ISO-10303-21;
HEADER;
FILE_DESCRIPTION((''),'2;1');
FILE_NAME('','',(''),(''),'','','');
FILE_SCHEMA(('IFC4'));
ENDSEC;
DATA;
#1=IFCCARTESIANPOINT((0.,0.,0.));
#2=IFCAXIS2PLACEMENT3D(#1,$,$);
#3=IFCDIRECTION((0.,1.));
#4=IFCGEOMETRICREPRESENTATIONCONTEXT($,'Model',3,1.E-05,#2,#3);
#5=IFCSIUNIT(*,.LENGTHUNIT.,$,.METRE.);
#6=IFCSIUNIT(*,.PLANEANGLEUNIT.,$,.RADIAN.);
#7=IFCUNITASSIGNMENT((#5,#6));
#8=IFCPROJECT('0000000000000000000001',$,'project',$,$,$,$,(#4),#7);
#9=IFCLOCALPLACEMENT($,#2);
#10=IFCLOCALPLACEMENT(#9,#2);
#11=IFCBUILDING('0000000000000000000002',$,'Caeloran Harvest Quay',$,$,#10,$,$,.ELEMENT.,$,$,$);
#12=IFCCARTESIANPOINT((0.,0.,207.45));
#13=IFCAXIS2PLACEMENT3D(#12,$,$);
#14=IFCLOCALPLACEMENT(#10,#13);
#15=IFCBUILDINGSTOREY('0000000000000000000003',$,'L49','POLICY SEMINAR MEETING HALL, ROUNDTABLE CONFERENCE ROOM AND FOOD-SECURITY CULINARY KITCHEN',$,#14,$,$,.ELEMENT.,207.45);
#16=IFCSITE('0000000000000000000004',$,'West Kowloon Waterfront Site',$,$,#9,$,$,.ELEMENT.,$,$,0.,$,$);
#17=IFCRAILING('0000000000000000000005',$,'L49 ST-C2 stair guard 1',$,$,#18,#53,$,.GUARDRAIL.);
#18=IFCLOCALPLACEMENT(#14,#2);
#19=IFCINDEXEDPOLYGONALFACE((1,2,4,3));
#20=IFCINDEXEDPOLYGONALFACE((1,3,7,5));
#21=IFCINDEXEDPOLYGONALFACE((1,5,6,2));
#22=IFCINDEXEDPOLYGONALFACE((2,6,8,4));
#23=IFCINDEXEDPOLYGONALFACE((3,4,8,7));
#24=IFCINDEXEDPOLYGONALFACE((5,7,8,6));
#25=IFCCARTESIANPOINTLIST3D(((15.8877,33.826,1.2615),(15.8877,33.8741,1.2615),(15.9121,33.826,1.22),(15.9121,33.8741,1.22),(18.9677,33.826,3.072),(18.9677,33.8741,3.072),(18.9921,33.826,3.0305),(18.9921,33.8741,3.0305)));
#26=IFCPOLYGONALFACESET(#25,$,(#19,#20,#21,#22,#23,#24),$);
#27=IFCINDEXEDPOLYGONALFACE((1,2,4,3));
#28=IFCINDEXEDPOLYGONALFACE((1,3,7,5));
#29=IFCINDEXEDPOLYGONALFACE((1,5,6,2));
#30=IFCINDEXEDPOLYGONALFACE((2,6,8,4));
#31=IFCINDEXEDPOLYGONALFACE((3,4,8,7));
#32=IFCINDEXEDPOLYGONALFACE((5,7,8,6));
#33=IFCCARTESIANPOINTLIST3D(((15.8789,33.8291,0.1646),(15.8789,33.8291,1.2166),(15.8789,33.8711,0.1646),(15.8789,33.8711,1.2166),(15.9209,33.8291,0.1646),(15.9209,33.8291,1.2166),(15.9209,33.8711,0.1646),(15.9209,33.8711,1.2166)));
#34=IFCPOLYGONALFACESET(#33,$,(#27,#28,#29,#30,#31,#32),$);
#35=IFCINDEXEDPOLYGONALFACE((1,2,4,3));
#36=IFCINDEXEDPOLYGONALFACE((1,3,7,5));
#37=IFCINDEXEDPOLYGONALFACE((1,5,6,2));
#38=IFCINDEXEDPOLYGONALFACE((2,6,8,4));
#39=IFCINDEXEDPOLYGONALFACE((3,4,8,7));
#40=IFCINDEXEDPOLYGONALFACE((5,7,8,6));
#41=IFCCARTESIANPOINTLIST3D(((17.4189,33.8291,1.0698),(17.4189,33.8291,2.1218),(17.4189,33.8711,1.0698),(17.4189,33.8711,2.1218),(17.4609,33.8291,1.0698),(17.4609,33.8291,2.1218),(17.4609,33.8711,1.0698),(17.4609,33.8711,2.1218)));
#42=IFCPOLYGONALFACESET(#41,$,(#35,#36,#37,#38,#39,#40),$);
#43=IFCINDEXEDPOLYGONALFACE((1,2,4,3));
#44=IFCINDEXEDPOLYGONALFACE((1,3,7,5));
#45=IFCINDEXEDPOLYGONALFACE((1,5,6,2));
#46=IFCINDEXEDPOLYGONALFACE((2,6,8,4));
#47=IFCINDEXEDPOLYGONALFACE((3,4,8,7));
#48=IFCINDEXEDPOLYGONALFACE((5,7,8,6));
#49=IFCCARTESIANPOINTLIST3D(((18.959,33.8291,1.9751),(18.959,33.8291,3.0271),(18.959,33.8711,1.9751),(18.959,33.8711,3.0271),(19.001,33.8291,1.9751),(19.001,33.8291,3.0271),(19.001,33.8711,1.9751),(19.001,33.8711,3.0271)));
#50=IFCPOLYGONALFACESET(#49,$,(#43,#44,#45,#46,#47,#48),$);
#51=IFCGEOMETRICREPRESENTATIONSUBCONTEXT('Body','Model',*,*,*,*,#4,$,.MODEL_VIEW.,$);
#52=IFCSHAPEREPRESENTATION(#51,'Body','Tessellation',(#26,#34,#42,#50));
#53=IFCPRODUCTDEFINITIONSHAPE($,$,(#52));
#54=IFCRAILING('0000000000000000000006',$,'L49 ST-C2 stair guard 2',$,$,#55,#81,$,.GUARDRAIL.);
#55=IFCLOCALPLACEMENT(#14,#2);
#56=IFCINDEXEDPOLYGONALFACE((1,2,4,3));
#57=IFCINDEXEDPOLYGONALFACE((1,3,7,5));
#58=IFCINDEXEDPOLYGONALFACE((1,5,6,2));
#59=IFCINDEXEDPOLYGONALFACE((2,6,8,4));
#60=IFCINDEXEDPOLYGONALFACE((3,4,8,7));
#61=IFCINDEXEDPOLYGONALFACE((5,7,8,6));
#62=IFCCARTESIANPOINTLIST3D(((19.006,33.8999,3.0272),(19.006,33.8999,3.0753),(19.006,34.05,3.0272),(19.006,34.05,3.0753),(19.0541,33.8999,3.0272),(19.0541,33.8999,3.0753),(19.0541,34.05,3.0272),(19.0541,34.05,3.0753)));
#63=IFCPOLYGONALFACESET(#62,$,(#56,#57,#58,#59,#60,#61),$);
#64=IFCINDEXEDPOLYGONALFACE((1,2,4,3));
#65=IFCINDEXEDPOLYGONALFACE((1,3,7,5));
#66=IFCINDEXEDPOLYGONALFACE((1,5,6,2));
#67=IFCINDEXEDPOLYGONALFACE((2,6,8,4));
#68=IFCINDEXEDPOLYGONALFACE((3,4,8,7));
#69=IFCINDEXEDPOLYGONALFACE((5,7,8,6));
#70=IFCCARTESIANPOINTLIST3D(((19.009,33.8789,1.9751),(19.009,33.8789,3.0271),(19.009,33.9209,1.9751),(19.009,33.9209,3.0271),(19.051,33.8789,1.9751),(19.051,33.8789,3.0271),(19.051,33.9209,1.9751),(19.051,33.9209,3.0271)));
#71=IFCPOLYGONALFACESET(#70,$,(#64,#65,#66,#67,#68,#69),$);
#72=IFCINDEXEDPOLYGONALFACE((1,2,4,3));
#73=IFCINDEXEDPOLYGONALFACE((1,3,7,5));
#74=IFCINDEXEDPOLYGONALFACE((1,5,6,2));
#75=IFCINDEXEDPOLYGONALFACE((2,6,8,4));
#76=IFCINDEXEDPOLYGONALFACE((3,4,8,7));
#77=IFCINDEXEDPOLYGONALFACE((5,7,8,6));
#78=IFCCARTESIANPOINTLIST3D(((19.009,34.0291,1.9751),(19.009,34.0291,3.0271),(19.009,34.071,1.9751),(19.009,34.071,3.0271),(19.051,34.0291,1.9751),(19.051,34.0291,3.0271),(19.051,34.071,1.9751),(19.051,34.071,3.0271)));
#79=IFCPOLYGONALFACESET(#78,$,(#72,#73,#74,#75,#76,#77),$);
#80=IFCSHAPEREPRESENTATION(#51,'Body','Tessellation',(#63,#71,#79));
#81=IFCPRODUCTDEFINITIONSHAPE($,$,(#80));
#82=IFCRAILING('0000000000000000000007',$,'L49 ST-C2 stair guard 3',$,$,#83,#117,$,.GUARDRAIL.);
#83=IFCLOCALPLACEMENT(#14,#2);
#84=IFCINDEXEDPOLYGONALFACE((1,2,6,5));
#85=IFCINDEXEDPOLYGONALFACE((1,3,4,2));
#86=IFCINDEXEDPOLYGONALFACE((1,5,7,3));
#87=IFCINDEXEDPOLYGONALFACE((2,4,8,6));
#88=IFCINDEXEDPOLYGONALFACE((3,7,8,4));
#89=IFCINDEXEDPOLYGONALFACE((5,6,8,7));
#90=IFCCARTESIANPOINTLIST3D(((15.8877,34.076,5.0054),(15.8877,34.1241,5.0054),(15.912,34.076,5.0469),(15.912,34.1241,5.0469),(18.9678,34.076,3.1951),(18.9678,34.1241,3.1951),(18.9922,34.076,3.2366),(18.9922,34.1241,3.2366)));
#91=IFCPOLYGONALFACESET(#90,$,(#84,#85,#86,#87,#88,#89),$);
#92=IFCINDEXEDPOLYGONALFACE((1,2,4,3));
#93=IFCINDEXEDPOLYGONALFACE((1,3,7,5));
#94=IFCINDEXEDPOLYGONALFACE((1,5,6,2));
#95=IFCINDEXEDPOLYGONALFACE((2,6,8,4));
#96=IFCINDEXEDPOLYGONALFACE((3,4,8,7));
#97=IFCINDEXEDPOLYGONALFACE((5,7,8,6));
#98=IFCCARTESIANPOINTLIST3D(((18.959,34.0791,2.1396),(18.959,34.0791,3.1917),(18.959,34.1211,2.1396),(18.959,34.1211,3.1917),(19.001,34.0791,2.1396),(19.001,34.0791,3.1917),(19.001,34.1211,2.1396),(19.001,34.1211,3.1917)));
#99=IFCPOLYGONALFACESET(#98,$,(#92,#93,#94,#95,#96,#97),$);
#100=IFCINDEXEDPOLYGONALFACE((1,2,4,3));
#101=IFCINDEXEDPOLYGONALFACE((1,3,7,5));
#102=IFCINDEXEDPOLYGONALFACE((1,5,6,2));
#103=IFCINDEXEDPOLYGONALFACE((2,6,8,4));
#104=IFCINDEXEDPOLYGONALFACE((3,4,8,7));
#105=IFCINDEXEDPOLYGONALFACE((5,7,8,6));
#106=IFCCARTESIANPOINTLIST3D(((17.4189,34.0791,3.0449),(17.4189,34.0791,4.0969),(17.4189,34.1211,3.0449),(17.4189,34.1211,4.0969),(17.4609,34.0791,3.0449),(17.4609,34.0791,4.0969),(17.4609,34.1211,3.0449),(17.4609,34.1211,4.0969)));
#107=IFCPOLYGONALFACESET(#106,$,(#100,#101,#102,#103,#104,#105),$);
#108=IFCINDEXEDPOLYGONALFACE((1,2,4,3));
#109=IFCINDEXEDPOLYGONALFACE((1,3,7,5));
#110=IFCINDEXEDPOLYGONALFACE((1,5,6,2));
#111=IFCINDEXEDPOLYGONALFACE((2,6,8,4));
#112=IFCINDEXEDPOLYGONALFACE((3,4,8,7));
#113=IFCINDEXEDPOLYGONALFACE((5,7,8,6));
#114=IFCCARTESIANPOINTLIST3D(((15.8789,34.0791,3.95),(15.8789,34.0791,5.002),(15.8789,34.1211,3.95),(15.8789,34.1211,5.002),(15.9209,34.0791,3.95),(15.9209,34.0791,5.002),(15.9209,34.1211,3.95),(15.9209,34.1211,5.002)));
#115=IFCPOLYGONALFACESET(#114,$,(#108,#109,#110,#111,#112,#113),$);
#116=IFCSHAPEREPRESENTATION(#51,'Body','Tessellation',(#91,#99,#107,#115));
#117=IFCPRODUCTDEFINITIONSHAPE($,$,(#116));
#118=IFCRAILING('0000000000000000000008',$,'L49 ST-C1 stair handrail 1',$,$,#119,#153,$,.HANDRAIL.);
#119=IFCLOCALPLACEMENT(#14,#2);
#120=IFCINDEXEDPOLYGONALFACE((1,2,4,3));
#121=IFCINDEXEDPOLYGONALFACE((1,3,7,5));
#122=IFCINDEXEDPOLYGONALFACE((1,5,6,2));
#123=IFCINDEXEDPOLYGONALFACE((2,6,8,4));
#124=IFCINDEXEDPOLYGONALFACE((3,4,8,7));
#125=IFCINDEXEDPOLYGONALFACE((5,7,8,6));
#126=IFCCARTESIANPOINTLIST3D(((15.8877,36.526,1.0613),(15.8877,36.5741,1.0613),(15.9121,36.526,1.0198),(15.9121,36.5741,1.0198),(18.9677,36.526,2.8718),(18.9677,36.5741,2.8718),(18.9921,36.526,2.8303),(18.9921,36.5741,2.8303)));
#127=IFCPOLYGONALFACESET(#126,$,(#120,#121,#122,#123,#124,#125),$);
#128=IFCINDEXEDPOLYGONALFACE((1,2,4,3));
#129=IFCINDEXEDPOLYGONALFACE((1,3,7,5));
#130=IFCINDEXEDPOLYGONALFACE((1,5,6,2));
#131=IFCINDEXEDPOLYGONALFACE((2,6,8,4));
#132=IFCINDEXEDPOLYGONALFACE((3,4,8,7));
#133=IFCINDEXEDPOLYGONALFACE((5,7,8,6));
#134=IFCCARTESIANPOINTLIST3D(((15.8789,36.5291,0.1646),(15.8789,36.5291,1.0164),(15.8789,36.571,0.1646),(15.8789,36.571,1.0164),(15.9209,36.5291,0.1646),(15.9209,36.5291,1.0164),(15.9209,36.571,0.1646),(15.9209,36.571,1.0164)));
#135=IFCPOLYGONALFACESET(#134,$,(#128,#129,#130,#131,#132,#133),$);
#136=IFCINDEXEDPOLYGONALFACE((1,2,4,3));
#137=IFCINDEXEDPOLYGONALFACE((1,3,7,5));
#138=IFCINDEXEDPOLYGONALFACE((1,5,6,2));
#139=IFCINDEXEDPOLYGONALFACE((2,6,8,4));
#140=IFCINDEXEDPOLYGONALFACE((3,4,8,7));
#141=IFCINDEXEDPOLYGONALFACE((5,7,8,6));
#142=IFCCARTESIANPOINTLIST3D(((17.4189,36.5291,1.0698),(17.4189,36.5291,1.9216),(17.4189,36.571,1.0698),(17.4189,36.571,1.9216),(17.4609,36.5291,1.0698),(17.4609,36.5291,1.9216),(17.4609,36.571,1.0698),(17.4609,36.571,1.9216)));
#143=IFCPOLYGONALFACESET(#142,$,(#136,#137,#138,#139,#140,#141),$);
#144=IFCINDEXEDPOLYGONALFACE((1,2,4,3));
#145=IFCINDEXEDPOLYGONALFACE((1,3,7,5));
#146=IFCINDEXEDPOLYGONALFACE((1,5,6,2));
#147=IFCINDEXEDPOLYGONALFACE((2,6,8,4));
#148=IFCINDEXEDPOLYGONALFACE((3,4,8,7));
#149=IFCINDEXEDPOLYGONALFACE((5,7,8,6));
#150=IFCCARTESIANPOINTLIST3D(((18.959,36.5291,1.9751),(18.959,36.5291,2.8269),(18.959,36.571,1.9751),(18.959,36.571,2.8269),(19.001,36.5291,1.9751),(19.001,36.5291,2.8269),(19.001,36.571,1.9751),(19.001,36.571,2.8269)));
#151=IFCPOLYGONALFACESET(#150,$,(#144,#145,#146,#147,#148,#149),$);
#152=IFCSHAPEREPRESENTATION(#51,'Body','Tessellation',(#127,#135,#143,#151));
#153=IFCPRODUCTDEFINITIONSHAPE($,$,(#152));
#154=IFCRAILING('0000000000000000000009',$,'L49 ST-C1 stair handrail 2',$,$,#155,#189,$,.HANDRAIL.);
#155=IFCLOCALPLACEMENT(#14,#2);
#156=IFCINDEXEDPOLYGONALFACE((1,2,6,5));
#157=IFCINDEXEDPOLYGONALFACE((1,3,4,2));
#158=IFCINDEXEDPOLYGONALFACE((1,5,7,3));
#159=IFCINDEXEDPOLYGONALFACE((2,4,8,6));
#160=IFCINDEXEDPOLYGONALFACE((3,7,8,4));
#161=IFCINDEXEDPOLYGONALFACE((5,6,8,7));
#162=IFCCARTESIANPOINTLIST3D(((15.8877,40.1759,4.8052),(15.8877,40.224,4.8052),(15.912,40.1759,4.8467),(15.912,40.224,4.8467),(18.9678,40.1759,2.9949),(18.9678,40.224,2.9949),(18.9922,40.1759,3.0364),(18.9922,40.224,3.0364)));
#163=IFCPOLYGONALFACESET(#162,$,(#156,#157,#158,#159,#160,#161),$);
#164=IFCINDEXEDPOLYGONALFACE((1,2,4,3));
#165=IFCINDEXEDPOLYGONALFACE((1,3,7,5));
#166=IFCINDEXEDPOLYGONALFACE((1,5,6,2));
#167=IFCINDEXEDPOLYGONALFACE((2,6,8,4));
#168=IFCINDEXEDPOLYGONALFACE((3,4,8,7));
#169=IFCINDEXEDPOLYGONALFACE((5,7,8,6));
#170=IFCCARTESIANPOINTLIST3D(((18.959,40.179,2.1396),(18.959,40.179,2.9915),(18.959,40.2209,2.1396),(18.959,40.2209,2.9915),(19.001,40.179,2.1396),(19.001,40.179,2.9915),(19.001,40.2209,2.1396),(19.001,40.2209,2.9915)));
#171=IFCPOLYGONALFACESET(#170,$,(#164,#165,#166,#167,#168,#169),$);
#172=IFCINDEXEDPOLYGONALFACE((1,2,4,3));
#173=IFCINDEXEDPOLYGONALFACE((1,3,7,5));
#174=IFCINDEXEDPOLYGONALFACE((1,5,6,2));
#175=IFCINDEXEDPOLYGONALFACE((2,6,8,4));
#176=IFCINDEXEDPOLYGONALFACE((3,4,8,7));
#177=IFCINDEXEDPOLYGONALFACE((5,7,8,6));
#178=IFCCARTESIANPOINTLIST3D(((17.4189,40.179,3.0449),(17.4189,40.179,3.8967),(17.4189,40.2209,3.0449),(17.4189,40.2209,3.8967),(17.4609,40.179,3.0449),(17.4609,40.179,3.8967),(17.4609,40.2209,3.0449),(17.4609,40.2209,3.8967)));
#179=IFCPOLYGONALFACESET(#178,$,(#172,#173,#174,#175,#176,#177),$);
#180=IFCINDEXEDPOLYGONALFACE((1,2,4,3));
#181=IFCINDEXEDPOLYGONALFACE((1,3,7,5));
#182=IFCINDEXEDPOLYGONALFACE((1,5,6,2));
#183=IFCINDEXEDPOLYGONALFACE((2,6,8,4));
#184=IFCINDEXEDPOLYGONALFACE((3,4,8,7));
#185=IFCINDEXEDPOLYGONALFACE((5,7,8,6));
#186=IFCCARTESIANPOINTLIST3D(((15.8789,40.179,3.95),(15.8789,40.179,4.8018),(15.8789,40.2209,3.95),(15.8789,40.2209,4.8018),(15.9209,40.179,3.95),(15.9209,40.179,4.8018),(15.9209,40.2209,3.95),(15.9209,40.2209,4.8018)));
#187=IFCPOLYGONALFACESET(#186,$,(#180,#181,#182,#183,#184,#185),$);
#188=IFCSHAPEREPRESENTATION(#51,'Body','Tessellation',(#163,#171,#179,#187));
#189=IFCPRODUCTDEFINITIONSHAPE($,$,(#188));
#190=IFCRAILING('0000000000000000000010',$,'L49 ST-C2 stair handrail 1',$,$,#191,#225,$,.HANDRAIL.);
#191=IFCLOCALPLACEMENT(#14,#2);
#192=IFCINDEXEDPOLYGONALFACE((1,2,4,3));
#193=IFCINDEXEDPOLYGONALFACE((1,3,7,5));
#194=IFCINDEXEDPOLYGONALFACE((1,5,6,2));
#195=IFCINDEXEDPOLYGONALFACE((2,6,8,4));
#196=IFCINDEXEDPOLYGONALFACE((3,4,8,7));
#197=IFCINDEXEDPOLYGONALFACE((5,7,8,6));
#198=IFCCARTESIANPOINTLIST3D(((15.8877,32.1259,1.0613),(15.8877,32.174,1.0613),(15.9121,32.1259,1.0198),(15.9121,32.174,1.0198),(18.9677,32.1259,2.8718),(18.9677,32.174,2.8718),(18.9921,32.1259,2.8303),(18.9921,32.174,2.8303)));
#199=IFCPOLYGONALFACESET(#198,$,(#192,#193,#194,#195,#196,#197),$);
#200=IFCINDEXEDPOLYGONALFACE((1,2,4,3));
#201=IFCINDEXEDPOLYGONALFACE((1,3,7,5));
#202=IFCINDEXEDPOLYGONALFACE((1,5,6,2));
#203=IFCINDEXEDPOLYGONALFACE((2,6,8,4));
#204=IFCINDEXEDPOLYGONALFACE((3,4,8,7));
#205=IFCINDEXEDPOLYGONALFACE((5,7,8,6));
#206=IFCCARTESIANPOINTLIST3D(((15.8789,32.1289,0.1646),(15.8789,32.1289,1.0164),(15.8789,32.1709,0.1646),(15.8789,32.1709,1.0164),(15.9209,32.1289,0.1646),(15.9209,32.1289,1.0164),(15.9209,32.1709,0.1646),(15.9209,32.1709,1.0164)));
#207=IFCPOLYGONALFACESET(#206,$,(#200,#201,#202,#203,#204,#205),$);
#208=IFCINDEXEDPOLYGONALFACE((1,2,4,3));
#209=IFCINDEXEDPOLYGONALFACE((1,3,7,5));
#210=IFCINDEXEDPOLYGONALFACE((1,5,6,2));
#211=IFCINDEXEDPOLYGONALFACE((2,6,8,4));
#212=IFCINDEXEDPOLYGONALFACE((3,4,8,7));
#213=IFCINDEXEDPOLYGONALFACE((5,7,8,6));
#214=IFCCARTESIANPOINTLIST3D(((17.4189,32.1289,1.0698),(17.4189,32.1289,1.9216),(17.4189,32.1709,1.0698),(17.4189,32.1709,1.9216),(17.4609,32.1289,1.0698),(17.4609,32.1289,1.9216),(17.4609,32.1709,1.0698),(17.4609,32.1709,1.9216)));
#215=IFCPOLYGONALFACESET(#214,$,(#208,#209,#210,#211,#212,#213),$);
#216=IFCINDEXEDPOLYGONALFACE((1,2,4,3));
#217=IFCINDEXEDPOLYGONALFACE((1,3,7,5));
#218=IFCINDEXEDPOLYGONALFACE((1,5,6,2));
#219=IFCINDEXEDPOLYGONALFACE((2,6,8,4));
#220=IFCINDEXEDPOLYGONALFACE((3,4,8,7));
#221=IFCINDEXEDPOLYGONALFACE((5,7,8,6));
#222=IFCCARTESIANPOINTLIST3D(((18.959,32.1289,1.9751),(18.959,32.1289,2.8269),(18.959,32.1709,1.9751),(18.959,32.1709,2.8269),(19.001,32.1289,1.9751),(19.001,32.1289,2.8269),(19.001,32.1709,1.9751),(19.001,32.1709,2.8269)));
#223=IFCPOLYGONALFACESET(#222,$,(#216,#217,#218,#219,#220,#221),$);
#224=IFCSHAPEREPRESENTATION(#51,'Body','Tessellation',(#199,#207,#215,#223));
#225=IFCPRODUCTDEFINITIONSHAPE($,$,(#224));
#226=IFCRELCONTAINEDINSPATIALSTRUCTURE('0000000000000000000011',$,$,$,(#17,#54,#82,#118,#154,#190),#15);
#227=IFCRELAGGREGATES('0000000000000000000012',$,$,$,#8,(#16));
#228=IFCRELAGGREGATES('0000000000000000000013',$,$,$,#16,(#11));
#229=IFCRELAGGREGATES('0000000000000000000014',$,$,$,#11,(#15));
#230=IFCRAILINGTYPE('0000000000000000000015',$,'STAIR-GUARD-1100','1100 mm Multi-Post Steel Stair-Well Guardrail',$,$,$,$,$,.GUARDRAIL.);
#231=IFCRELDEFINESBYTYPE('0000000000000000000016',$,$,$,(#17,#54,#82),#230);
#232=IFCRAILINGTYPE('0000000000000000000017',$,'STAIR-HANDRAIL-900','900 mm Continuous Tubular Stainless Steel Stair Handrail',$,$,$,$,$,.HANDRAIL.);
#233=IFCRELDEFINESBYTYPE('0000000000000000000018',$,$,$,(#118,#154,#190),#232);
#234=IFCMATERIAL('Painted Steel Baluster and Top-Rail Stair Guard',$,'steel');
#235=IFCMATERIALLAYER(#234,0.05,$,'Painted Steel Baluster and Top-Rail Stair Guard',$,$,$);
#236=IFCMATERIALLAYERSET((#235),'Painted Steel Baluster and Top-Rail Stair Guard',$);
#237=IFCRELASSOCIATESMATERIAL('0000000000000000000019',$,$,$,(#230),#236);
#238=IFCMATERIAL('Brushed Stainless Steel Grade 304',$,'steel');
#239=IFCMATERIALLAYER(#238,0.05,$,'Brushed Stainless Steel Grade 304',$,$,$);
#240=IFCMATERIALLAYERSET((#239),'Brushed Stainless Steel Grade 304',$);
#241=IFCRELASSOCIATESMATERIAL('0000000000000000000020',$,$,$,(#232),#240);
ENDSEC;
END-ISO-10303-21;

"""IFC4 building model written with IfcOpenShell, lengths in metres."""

from ifc_helpers import new_model, si_unit, direction, frame, origin, origin_2d, place, context, subcontext, project, spatial, rectangle, extrude, material, layer, layer_set, type_object, element, save


model = new_model("IFC4")

# Units and contexts
model_context = context("Model", 3, precision=1e-05, world=origin(), true_north=direction((0.0, 1.0)))
body_context = subcontext(model_context, "Body", "Model", "MODEL_VIEW")
ifc_project = project(units=[si_unit("LENGTHUNIT", "METRE"), si_unit("PLANEANGLEUNIT", "RADIAN")], contexts=[model_context])

# Site, building, storey
site_placement = place(None, origin())
site = spatial("IfcSite", under=ifc_project, at=site_placement, Name="West Kowloon Waterfront Site", CompositionType="ELEMENT", RefElevation=0.0)
building_placement = place(site_placement, origin())
building = spatial("IfcBuilding", under=site, at=building_placement, Name="Caeloran Harvest Quay", CompositionType="ELEMENT")
storey_placement = place(building_placement, frame((0.0, 0.0, 207.45)))
storey = spatial("IfcBuildingStorey", under=building, at=storey_placement, Name="L49", Description="POLICY SEMINAR MEETING HALL, ROUNDTABLE CONFERENCE ROOM AND FOOD-SECURITY CULINARY KITCHEN", CompositionType="ELEMENT", Elevation=207.45)

# Railings
ifc_material_1 = material(Name="Painted Steel Baluster and Top-Rail Stair Guard", Category="steel")
ifc_layer_1 = layer(ifc_material_1, 0.05, Name="Painted Steel Baluster and Top-Rail Stair Guard")
ifc_layer_set_1 = layer_set([ifc_layer_1], Name="Painted Steel Baluster and Top-Rail Stair Guard")
railing_type_1 = type_object("IfcRailingType", Name="STAIR-GUARD-1100", Description="1100 mm Multi-Post Steel Stair-Well Guardrail", PredefinedType="GUARDRAIL", material=ifc_layer_set_1)
railing_1_placement = place(storey_placement, frame((15.8999, 33.8501, 0.1646)))
element("IfcRailing", 1, at=railing_1_placement, inside=storey, type_object=railing_type_1, Name="L49 ST-C2 stair guard 1", PredefinedType="GUARDRAIL", context=body_context, shape_type="SweptSolid", body=[
    extrude(rectangle(XDim=0.0481, YDim=0.0481, at=origin_2d()), frame((0.0, 0.0, 1.0762), z_axis=(0.862089, 0.0, 0.506757), x_axis=(0.0, 1.0, 0.0)), (0.0, 0.0, 1.0), 3.5728),
    extrude(rectangle(XDim=0.042, YDim=0.042, at=origin_2d()), origin(), (0.0, 0.0, 1.0), 1.052),
    extrude(rectangle(XDim=0.042, YDim=0.042, at=origin_2d()), frame((1.54, 0.0, 0.9053)), (0.0, 0.0, 1.0), 1.052),
    extrude(rectangle(XDim=0.042, YDim=0.042, at=origin_2d()), frame((3.0801, 0.0, 1.8105)), (0.0, 0.0, 1.0), 1.052),
])
railing_2_placement = place(storey_placement, frame((19.03, 33.8999, 1.9751)))
element("IfcRailing", 2, at=railing_2_placement, inside=storey, type_object=railing_type_1, Name="L49 ST-C2 stair guard 2", PredefinedType="GUARDRAIL", context=body_context, shape_type="SweptSolid", body=[
    extrude(rectangle(XDim=0.0481, YDim=0.0481, at=origin_2d()), frame((0.0, 0.0, 1.0762), z_axis=(0.0, 1.0, 0.0), x_axis=(-1.0, 0.0, 0.0)), (0.0, 0.0, 1.0), 0.1501),
    extrude(rectangle(XDim=0.042, YDim=0.042, at=origin_2d()), origin(), (0.0, 0.0, 1.0), 1.052),
    extrude(rectangle(XDim=0.042, YDim=0.042, at=origin_2d()), frame((0.0, 0.1501, 0.0)), (0.0, 0.0, 1.0), 1.052),
])
railing_3_placement = place(storey_placement, frame((18.98, 34.1001, 2.1396)))
element("IfcRailing", 3, at=railing_3_placement, inside=storey, type_object=railing_type_1, Name="L49 ST-C2 stair guard 3", PredefinedType="GUARDRAIL", context=body_context, shape_type="SweptSolid", body=[
    extrude(rectangle(XDim=0.0481, YDim=0.0481, at=origin_2d()), frame((0.0, 0.0, 1.0762), z_axis=(-0.862119, 0.0, 0.506707), x_axis=(0.0, -1.0, 0.0)), (0.0, 0.0, 1.0), 3.5728),
    extrude(rectangle(XDim=0.042, YDim=0.042, at=origin_2d()), origin(), (0.0, 0.0, 1.0), 1.052),
    extrude(rectangle(XDim=0.042, YDim=0.042, at=origin_2d()), frame((-1.54, 0.0, 0.9053)), (0.0, 0.0, 1.0), 1.052),
    extrude(rectangle(XDim=0.042, YDim=0.042, at=origin_2d()), frame((-3.0801, 0.0, 1.8103)), (0.0, 0.0, 1.0), 1.052),
])
ifc_material_2 = material(Name="Brushed Stainless Steel Grade 304", Category="steel")
ifc_layer_2 = layer(ifc_material_2, 0.05, Name="Brushed Stainless Steel Grade 304")
ifc_layer_set_2 = layer_set([ifc_layer_2], Name="Brushed Stainless Steel Grade 304")
railing_type_2 = type_object("IfcRailingType", Name="STAIR-HANDRAIL-900", Description="900 mm Continuous Tubular Stainless Steel Stair Handrail", PredefinedType="HANDRAIL", material=ifc_layer_set_2)
railing_4_placement = place(storey_placement, frame((15.8999, 36.55, 0.1646)))
element("IfcRailing", 4, at=railing_4_placement, inside=storey, type_object=railing_type_2, Name="L49 ST-C1 stair handrail 1", PredefinedType="HANDRAIL", context=body_context, shape_type="SweptSolid", body=[
    extrude(rectangle(XDim=0.0481, YDim=0.0481, at=origin_2d()), frame((0.0, 0.0, 0.876), z_axis=(0.862089, 0.0, 0.506757), x_axis=(0.0, 1.0, 0.0)), (0.0, 0.0, 1.0), 3.5728),
    extrude(rectangle(XDim=0.042, YDim=0.042, at=origin_2d()), origin(), (0.0, 0.0, 1.0), 0.8518),
    extrude(rectangle(XDim=0.042, YDim=0.042, at=origin_2d()), frame((1.54, 0.0, 0.9053)), (0.0, 0.0, 1.0), 0.8518),
    extrude(rectangle(XDim=0.042, YDim=0.042, at=origin_2d()), frame((3.0801, 0.0, 1.8105)), (0.0, 0.0, 1.0), 0.8518),
])
railing_5_placement = place(storey_placement, frame((18.98, 40.2, 2.1396)))
element("IfcRailing", 5, at=railing_5_placement, inside=storey, type_object=railing_type_2, Name="L49 ST-C1 stair handrail 2", PredefinedType="HANDRAIL", context=body_context, shape_type="SweptSolid", body=[
    extrude(rectangle(XDim=0.0481, YDim=0.0481, at=origin_2d()), frame((0.0, 0.0, 0.876), z_axis=(-0.862119, 0.0, 0.506707), x_axis=(0.0, -1.0, 0.0)), (0.0, 0.0, 1.0), 3.5728),
    extrude(rectangle(XDim=0.042, YDim=0.042, at=origin_2d()), origin(), (0.0, 0.0, 1.0), 0.8518),
    extrude(rectangle(XDim=0.042, YDim=0.042, at=origin_2d()), frame((-1.54, 0.0, 0.9053)), (0.0, 0.0, 1.0), 0.8518),
    extrude(rectangle(XDim=0.042, YDim=0.042, at=origin_2d()), frame((-3.0801, 0.0, 1.8103)), (0.0, 0.0, 1.0), 0.8518),
])
railing_6_placement = place(storey_placement, frame((15.8999, 32.1499, 0.1646)))
element("IfcRailing", 6, at=railing_6_placement, inside=storey, type_object=railing_type_2, Name="L49 ST-C2 stair handrail 1", PredefinedType="HANDRAIL", context=body_context, shape_type="SweptSolid", body=[
    extrude(rectangle(XDim=0.0481, YDim=0.0481, at=origin_2d()), frame((0.0, 0.0, 0.876), z_axis=(0.862089, 0.0, 0.506757), x_axis=(0.0, 1.0, 0.0)), (0.0, 0.0, 1.0), 3.5728),
    extrude(rectangle(XDim=0.042, YDim=0.042, at=origin_2d()), origin(), (0.0, 0.0, 1.0), 0.8518),
    extrude(rectangle(XDim=0.042, YDim=0.042, at=origin_2d()), frame((1.54, 0.0, 0.9053)), (0.0, 0.0, 1.0), 0.8518),
    extrude(rectangle(XDim=0.042, YDim=0.042, at=origin_2d()), frame((3.0801, 0.0, 1.8105)), (0.0, 0.0, 1.0), 0.8518),
])

save(model, "model.ifc")
